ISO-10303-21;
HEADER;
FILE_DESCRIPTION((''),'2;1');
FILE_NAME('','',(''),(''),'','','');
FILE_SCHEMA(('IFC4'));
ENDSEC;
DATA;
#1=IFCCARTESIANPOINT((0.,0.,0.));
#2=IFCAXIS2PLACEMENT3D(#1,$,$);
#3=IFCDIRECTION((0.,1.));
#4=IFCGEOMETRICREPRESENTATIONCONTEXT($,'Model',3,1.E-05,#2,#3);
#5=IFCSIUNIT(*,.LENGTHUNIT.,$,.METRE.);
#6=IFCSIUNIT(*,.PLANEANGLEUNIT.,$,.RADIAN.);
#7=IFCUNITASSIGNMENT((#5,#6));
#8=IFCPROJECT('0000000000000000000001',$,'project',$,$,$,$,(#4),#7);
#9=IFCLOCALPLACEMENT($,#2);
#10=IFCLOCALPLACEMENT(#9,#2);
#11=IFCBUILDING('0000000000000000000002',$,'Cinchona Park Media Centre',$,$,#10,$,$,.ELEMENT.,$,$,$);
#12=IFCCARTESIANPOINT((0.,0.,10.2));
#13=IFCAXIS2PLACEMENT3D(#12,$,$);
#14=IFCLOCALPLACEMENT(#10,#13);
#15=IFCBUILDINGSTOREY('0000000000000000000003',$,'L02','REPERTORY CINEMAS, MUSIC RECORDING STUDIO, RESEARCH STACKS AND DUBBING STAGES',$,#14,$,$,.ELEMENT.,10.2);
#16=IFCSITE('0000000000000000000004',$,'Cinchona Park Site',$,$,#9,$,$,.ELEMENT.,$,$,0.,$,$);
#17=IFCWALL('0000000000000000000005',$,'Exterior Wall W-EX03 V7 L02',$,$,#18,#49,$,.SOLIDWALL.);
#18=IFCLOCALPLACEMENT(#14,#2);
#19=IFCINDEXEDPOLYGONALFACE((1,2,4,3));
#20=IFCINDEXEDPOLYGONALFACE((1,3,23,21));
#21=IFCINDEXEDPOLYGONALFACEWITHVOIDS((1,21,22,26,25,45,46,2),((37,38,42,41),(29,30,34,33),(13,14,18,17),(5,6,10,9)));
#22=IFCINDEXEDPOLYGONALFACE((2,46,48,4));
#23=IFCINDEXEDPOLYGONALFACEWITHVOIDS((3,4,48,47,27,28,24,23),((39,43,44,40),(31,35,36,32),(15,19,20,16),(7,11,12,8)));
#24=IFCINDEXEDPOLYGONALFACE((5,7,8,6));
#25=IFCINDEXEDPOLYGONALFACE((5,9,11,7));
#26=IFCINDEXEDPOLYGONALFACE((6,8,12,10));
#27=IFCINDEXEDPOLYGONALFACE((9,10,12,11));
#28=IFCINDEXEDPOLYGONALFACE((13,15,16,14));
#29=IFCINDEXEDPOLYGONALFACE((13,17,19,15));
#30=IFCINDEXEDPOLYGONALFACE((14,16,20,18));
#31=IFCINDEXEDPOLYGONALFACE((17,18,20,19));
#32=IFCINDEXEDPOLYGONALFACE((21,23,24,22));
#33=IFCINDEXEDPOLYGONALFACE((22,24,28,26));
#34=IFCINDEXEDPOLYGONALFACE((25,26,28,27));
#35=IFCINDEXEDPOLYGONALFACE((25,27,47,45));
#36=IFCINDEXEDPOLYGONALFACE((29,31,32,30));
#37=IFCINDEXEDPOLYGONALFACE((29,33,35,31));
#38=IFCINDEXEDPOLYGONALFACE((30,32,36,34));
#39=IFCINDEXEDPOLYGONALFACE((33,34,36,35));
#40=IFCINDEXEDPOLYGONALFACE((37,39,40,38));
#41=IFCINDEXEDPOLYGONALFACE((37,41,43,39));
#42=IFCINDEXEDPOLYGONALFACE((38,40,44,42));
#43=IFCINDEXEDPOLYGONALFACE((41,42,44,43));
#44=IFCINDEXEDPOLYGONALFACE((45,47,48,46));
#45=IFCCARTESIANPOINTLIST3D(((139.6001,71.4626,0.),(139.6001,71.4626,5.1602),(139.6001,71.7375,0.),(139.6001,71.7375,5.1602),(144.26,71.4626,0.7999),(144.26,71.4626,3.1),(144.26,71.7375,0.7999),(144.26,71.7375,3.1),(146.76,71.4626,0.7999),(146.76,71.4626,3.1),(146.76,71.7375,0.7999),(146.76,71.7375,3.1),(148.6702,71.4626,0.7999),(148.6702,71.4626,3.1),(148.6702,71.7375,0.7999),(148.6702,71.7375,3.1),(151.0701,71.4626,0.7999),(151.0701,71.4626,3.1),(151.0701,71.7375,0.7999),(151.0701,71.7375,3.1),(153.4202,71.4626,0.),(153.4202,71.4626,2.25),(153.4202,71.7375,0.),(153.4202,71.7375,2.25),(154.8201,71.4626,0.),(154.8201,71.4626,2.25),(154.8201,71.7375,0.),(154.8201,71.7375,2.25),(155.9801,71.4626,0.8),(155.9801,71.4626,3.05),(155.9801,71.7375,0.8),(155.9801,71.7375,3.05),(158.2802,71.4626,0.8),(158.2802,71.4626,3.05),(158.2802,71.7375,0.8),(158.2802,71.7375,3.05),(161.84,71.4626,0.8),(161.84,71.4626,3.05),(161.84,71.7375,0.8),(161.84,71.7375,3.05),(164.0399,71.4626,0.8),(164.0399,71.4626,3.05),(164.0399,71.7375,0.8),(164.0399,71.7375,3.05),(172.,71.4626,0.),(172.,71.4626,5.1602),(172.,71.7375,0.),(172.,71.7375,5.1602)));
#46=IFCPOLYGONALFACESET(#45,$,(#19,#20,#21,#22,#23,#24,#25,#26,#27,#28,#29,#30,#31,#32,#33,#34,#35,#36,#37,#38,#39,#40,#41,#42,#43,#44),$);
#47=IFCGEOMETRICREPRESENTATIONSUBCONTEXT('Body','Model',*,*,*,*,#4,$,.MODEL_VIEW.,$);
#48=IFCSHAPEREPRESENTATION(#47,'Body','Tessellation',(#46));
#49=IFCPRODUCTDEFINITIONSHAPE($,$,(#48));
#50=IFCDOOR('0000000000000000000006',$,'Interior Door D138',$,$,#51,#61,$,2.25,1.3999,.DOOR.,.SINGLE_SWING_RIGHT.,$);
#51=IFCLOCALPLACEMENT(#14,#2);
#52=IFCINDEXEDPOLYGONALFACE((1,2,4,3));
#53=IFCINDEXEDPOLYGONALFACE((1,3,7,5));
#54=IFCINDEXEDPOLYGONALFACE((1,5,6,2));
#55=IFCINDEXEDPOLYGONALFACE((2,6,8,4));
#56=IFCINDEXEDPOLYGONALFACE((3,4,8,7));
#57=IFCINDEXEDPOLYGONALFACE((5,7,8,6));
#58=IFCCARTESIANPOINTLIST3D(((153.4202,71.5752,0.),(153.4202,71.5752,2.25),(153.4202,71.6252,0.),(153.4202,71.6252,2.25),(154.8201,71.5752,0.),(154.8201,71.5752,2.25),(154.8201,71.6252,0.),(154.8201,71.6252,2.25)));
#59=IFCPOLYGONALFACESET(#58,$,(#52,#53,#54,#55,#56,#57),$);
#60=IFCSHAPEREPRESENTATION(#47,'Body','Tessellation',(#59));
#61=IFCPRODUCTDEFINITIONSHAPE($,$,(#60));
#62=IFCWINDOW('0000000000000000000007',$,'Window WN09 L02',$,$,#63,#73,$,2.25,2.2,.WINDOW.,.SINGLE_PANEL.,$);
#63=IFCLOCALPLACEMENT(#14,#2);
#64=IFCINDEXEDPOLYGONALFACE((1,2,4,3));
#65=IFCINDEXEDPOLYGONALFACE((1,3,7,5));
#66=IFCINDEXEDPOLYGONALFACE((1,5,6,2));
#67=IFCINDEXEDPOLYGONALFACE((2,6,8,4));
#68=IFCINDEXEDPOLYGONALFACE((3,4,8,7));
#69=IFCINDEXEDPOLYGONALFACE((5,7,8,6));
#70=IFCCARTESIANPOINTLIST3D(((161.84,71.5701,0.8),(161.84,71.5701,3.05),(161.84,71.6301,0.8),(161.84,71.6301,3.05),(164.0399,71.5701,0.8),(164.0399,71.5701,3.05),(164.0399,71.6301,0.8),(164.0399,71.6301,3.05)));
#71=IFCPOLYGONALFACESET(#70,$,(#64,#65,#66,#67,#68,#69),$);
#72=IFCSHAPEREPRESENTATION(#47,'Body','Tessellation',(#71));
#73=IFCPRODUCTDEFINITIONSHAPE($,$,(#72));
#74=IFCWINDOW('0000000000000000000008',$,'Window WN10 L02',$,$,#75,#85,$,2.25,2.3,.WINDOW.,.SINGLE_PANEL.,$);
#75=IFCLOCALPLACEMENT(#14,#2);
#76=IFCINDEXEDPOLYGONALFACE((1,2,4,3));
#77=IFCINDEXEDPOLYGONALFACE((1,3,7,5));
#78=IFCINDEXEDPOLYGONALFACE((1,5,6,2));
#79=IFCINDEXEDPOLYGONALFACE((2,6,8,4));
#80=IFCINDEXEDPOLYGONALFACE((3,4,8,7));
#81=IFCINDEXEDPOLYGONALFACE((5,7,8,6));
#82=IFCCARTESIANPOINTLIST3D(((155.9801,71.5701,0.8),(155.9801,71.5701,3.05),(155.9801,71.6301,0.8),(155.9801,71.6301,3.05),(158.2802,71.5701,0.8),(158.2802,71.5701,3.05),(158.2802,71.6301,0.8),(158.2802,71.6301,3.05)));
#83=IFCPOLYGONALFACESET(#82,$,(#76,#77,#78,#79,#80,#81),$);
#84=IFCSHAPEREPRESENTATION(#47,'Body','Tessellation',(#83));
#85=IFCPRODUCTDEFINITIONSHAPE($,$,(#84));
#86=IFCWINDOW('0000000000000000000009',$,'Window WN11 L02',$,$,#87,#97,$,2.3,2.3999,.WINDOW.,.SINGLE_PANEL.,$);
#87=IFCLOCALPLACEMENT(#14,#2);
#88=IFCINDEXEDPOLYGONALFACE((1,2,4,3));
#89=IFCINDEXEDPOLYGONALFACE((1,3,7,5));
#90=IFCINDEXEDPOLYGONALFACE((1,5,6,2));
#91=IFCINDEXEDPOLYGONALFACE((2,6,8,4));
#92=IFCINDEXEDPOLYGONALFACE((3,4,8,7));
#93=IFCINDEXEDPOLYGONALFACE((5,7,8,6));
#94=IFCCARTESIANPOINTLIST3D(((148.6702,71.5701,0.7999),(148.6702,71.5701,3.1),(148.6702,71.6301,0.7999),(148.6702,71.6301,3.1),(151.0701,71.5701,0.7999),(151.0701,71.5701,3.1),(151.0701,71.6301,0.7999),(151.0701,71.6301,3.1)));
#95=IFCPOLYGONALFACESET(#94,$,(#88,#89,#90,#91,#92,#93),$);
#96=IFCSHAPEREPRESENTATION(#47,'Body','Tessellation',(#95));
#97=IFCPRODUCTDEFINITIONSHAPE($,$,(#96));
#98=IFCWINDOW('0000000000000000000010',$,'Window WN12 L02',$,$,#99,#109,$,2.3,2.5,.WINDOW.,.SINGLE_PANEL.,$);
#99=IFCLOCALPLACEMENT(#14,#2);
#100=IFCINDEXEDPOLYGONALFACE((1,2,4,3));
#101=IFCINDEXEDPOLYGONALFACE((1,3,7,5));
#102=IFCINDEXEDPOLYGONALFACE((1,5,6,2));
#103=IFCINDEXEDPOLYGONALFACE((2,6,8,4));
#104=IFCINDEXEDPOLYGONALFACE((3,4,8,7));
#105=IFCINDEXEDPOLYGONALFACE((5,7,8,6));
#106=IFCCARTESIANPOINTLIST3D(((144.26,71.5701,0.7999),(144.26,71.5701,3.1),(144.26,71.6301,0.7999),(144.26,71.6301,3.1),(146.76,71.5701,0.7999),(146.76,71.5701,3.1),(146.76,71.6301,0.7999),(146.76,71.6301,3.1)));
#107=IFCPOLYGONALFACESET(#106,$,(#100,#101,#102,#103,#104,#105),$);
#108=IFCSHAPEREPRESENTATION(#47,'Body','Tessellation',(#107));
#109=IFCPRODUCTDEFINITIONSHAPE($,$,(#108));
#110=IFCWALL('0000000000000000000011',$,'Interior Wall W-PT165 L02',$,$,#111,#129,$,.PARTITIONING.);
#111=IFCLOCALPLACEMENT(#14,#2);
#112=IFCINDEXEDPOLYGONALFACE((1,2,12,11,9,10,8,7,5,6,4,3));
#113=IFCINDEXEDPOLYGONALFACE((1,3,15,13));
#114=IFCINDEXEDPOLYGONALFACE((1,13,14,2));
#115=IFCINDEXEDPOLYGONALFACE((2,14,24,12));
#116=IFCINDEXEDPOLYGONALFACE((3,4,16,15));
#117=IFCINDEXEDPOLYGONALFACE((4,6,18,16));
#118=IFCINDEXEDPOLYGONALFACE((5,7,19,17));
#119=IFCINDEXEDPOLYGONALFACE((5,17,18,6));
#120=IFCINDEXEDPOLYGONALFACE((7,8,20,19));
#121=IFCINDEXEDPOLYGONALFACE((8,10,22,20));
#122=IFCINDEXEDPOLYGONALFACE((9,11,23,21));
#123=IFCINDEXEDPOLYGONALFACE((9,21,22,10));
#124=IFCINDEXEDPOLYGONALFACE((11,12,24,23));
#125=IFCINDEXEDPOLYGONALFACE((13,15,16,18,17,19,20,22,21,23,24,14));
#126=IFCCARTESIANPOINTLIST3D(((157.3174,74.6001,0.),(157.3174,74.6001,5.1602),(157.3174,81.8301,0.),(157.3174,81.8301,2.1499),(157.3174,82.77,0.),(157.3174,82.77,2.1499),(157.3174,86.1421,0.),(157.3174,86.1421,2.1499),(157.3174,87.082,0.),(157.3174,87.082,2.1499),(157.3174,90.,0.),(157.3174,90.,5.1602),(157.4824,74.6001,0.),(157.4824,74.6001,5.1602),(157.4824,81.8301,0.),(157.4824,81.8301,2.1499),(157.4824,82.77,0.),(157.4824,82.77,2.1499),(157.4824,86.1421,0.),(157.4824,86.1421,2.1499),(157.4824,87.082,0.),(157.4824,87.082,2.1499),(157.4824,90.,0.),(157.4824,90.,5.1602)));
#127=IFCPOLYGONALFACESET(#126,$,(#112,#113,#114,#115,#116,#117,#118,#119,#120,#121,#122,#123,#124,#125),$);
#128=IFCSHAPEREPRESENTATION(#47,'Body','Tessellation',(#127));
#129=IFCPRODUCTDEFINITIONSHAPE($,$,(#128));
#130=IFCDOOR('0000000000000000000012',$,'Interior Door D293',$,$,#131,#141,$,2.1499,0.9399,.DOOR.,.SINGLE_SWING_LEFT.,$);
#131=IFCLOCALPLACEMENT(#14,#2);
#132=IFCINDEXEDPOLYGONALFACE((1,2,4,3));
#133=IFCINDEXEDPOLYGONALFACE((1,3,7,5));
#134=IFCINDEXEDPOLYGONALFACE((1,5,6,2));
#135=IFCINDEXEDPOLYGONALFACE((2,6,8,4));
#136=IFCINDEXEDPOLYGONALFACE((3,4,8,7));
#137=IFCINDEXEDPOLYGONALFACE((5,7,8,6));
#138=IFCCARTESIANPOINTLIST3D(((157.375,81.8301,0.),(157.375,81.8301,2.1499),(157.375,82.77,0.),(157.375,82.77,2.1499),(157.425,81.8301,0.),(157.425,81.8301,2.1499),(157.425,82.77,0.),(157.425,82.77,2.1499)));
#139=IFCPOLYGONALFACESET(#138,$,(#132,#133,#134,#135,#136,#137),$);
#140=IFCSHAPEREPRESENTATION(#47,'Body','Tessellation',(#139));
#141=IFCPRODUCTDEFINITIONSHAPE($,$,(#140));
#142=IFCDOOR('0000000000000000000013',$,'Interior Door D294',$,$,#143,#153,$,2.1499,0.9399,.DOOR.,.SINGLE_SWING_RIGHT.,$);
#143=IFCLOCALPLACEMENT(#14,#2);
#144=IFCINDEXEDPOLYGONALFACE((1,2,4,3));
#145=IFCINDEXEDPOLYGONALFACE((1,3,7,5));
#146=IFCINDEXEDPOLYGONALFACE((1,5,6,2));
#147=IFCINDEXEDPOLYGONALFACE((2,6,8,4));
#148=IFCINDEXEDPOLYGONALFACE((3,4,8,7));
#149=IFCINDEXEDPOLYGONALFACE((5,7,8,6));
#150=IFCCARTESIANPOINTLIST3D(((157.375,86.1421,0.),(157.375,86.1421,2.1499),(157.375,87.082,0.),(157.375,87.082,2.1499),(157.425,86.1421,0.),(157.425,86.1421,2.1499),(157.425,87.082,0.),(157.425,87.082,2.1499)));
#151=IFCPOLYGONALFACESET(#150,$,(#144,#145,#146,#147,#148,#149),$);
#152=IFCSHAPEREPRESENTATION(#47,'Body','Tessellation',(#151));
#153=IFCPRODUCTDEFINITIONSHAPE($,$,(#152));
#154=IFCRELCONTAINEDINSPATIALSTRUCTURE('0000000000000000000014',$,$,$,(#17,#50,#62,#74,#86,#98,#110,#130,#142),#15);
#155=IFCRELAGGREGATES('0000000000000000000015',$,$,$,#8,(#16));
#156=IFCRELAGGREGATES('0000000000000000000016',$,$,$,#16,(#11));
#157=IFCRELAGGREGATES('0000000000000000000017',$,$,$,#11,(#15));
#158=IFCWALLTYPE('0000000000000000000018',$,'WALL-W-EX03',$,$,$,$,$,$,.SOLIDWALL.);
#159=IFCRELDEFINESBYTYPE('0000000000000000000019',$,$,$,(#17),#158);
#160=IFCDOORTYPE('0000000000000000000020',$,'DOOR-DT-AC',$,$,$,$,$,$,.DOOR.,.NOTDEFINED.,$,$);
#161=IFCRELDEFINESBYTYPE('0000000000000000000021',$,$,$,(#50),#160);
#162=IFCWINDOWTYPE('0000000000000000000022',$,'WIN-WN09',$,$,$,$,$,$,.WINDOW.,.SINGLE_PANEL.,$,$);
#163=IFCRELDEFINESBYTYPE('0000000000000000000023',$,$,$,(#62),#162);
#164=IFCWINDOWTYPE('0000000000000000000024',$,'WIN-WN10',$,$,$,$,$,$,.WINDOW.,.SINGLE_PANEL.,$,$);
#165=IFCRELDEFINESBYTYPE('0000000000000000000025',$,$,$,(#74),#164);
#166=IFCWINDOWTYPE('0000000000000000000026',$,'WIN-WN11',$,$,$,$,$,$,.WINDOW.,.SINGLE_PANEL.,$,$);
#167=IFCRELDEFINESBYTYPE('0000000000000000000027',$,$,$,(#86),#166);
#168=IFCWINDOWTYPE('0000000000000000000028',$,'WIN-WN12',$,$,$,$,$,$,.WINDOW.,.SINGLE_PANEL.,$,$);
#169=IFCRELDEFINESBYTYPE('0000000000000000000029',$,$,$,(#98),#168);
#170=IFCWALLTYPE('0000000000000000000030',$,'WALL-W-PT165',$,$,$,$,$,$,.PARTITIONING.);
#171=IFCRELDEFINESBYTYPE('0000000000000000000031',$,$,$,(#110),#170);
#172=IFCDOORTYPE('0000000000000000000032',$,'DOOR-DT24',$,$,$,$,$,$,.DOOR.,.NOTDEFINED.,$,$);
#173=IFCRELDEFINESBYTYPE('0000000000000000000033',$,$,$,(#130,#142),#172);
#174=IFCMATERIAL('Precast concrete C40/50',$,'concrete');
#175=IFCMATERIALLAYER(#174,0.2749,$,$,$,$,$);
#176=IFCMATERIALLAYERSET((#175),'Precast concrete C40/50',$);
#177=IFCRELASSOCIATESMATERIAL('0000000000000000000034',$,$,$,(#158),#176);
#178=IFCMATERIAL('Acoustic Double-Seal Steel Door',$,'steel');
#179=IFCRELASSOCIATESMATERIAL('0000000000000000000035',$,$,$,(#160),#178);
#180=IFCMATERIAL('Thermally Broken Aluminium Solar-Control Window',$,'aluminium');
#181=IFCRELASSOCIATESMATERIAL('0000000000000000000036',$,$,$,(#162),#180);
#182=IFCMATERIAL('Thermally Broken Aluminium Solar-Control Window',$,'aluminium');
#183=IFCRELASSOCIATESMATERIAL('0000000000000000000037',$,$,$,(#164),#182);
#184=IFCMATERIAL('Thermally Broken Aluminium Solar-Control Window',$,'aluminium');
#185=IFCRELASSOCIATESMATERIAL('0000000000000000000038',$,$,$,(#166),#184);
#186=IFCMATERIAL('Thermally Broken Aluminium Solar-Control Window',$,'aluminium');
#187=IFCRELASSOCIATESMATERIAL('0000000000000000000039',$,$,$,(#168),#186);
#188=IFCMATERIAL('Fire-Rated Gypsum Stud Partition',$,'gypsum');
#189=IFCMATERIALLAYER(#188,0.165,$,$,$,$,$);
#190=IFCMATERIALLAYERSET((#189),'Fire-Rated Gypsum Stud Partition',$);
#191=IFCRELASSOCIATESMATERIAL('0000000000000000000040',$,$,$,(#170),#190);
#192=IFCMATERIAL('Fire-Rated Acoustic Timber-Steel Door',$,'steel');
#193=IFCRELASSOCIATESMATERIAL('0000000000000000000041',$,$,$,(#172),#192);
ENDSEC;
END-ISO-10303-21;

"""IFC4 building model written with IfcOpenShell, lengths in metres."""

from ifc_helpers import new_model, si_unit, direction, frame, frame_2d, origin, place, context, subcontext, project, spatial, rectangle, extrude, material, layer, layer_set, type_object, element, fill, save


model = new_model("IFC4")

# Units and contexts
model_context = context("Model", 3, precision=1e-05, world=origin(), true_north=direction((0.0, 1.0)))
body_context = subcontext(model_context, "Body", "Model", "MODEL_VIEW")
ifc_project = project(units=[si_unit("LENGTHUNIT", "METRE"), si_unit("PLANEANGLEUNIT", "RADIAN")], contexts=[model_context])

# Site, building, storey
site_placement = place(None, origin())
site = spatial("IfcSite", under=ifc_project, at=site_placement, Name="Cinchona Park Site", CompositionType="ELEMENT", RefElevation=0.0)
building_placement = place(site_placement, origin())
building = spatial("IfcBuilding", under=site, at=building_placement, Name="Cinchona Park Media Centre", CompositionType="ELEMENT")
storey_placement = place(building_placement, frame((0.0, 0.0, 10.2)))
storey = spatial("IfcBuildingStorey", under=building, at=storey_placement, Name="L02", Description="REPERTORY CINEMAS, MUSIC RECORDING STUDIO, RESEARCH STACKS AND DUBBING STAGES", CompositionType="ELEMENT", Elevation=10.2)

# Wall, openings, door, windows
ifc_material_1 = material(Name="Precast concrete C40/50", Category="concrete")
ifc_layer_1 = layer(ifc_material_1, 0.2749)
ifc_layer_set_1 = layer_set([ifc_layer_1], Name="Precast concrete C40/50")
wall_type_1 = type_object("IfcWallType", Name="WALL-W-EX03", PredefinedType="SOLIDWALL", material=ifc_layer_set_1)
wall_1_placement = place(storey_placement, frame((172.0, 71.6001, 0.0), z_axis=(0.0, 0.0, 1.0), x_axis=(-1.0, 0.0, 0.0)))
wall_1 = element("IfcWall", 1, at=wall_1_placement, inside=storey, type_object=wall_type_1, Name="Exterior Wall W-EX03 V7 L02", PredefinedType="SOLIDWALL", context=body_context, shape_type="SweptSolid", body=[
    extrude(rectangle(XDim=32.3999, YDim=0.2749, at=frame_2d((16.2, 0.0))), origin(), (0.0, 0.0, 1.0), 5.1602),
])
opening_1_placement = place(wall_1_placement, frame((7.96, 0.0, 0.8)))
opening_1 = element("IfcOpeningElement", 2, at=opening_1_placement, cuts=wall_1, PredefinedType="OPENING", context=body_context, shape_type="SweptSolid", body=[
    extrude(rectangle(XDim=2.2, YDim=2.25, at=frame_2d((1.1001, 1.125))), frame((0.0, 0.1475, 0.0), z_axis=(0.0, -1.0, 0.0), x_axis=(1.0, 0.0, 0.0)), (0.0, 0.0, 1.0), 0.2949),
])
opening_2_placement = place(wall_1_placement, frame((13.72, 0.0, 0.8)))
opening_2 = element("IfcOpeningElement", 3, at=opening_2_placement, cuts=wall_1, PredefinedType="OPENING", context=body_context, shape_type="SweptSolid", body=[
    extrude(rectangle(XDim=2.3, YDim=2.25, at=frame_2d((1.1499, 1.125))), frame((0.0, 0.1475, 0.0), z_axis=(0.0, -1.0, 0.0), x_axis=(1.0, 0.0, 0.0)), (0.0, 0.0, 1.0), 0.2949),
])
opening_3_placement = place(wall_1_placement, frame((20.9299, 0.0, 0.8)))
opening_3 = element("IfcOpeningElement", 4, at=opening_3_placement, cuts=wall_1, PredefinedType="OPENING", context=body_context, shape_type="SweptSolid", body=[
    extrude(rectangle(XDim=2.3999, YDim=2.3, at=frame_2d((1.2, 1.1499))), frame((0.0, 0.1475, 0.0), z_axis=(0.0, -1.0, 0.0), x_axis=(1.0, 0.0, 0.0)), (0.0, 0.0, 1.0), 0.2949),
])
opening_4_placement = place(wall_1_placement, frame((25.24, 0.0, 0.8)))
opening_4 = element("IfcOpeningElement", 5, at=opening_4_placement, cuts=wall_1, PredefinedType="OPENING", context=body_context, shape_type="SweptSolid", body=[
    extrude(rectangle(XDim=2.5, YDim=2.3, at=frame_2d((1.25, 1.1499))), frame((0.0, 0.1475, 0.0), z_axis=(0.0, -1.0, 0.0), x_axis=(1.0, 0.0, 0.0)), (0.0, 0.0, 1.0), 0.2949),
])
opening_5_placement = place(wall_1_placement, frame((17.1799, 0.0, 0.0)))
opening_5 = element("IfcOpeningElement", 6, at=opening_5_placement, cuts=wall_1, PredefinedType="OPENING", context=body_context, shape_type="SweptSolid", body=[
    extrude(rectangle(XDim=1.3999, YDim=2.25, at=frame_2d((0.7, 1.125))), frame((0.0, 0.1475, 0.0), z_axis=(0.0, -1.0, 0.0), x_axis=(1.0, 0.0, 0.0)), (0.0, 0.0, 1.0), 0.2949),
])
ifc_material_2 = material(Name="Acoustic Double-Seal Steel Door", Category="steel")
door_type_1 = type_object("IfcDoorType", Name="DOOR-DT-AC", OperationType="NOTDEFINED", PredefinedType="DOOR", material=ifc_material_2)
door_1_placement = place(opening_5_placement, origin())
door_1 = element("IfcDoor", 7, at=door_1_placement, inside=storey, type_object=door_type_1, Name="Interior Door D138", OperationType="SINGLE_SWING_RIGHT", OverallHeight=2.25, OverallWidth=1.3999, PredefinedType="DOOR", context=body_context, shape_type="SweptSolid", body=[
    extrude(rectangle(XDim=1.3999, YDim=2.25, at=frame_2d((0.7, 1.125))), frame((0.0, 0.0249, 0.0), z_axis=(0.0, -1.0, 0.0), x_axis=(1.0, 0.0, 0.0)), (0.0, 0.0, 1.0), 0.05),
])
fill(opening_5, door_1)
ifc_material_3 = material(Name="Thermally Broken Aluminium Solar-Control Window", Category="aluminium")
window_type_1 = type_object("IfcWindowType", Name="WIN-WN09", PartitioningType="SINGLE_PANEL", PredefinedType="WINDOW", material=ifc_material_3)
window_1_placement = place(opening_1_placement, origin())
window_1 = element("IfcWindow", 8, at=window_1_placement, inside=storey, type_object=window_type_1, Name="Window WN09 L02", OverallHeight=2.25, OverallWidth=2.2, PartitioningType="SINGLE_PANEL", PredefinedType="WINDOW", context=body_context, shape_type="SweptSolid", body=[
    extrude(rectangle(XDim=2.2, YDim=2.25, at=frame_2d((1.1001, 1.125))), frame((0.0, 0.03, 0.0), z_axis=(0.0, -1.0, 0.0), x_axis=(1.0, 0.0, 0.0)), (0.0, 0.0, 1.0), 0.0601),
])
fill(opening_1, window_1)
ifc_material_4 = material(Name="Thermally Broken Aluminium Solar-Control Window", Category="aluminium")
window_type_2 = type_object("IfcWindowType", Name="WIN-WN10", PartitioningType="SINGLE_PANEL", PredefinedType="WINDOW", material=ifc_material_4)
window_2_placement = place(opening_2_placement, origin())
window_2 = element("IfcWindow", 9, at=window_2_placement, inside=storey, type_object=window_type_2, Name="Window WN10 L02", OverallHeight=2.25, OverallWidth=2.3, PartitioningType="SINGLE_PANEL", PredefinedType="WINDOW", context=body_context, shape_type="SweptSolid", body=[
    extrude(rectangle(XDim=2.3, YDim=2.25, at=frame_2d((1.1499, 1.125))), frame((0.0, 0.03, 0.0), z_axis=(0.0, -1.0, 0.0), x_axis=(1.0, 0.0, 0.0)), (0.0, 0.0, 1.0), 0.0601),
])
fill(opening_2, window_2)
ifc_material_5 = material(Name="Thermally Broken Aluminium Solar-Control Window", Category="aluminium")
window_type_3 = type_object("IfcWindowType", Name="WIN-WN11", PartitioningType="SINGLE_PANEL", PredefinedType="WINDOW", material=ifc_material_5)
window_3_placement = place(opening_3_placement, origin())
window_3 = element("IfcWindow", 10, at=window_3_placement, inside=storey, type_object=window_type_3, Name="Window WN11 L02", OverallHeight=2.3, OverallWidth=2.3999, PartitioningType="SINGLE_PANEL", PredefinedType="WINDOW", context=body_context, shape_type="SweptSolid", body=[
    extrude(rectangle(XDim=2.3999, YDim=2.3, at=frame_2d((1.2, 1.1499))), frame((0.0, 0.03, 0.0), z_axis=(0.0, -1.0, 0.0), x_axis=(1.0, 0.0, 0.0)), (0.0, 0.0, 1.0), 0.0601),
])
fill(opening_3, window_3)
ifc_material_6 = material(Name="Thermally Broken Aluminium Solar-Control Window", Category="aluminium")
window_type_4 = type_object("IfcWindowType", Name="WIN-WN12", PartitioningType="SINGLE_PANEL", PredefinedType="WINDOW", material=ifc_material_6)
window_4_placement = place(opening_4_placement, origin())
window_4 = element("IfcWindow", 11, at=window_4_placement, inside=storey, type_object=window_type_4, Name="Window WN12 L02", OverallHeight=2.3, OverallWidth=2.5, PartitioningType="SINGLE_PANEL", PredefinedType="WINDOW", context=body_context, shape_type="SweptSolid", body=[
    extrude(rectangle(XDim=2.5, YDim=2.3, at=frame_2d((1.25, 1.1499))), frame((0.0, 0.03, 0.0), z_axis=(0.0, -1.0, 0.0), x_axis=(1.0, 0.0, 0.0)), (0.0, 0.0, 1.0), 0.0601),
])
fill(opening_4, window_4)

# Wall, openings, doors
ifc_material_7 = material(Name="Fire-Rated Gypsum Stud Partition", Category="gypsum")
ifc_layer_2 = layer(ifc_material_7, 0.165)
ifc_layer_set_2 = layer_set([ifc_layer_2], Name="Fire-Rated Gypsum Stud Partition")
wall_type_2 = type_object("IfcWallType", Name="WALL-W-PT165", PredefinedType="PARTITIONING", material=ifc_layer_set_2)
wall_2_placement = place(storey_placement, frame((157.3999, 74.6001, 0.0), z_axis=(0.0, 0.0, 1.0), x_axis=(0.0, 1.0, 0.0)))
wall_2 = element("IfcWall", 12, at=wall_2_placement, inside=storey, type_object=wall_type_2, Name="Interior Wall W-PT165 L02", PredefinedType="PARTITIONING", context=body_context, shape_type="SweptSolid", body=[
    extrude(rectangle(XDim=15.3999, YDim=0.165, at=frame_2d((7.7, 0.0))), origin(), (0.0, 0.0, 1.0), 5.1602),
])
opening_6_placement = place(wall_2_placement, frame((7.23, 0.0, 0.0)))
opening_6 = element("IfcOpeningElement", 13, at=opening_6_placement, cuts=wall_2, PredefinedType="OPENING", context=body_context, shape_type="SweptSolid", body=[
    extrude(rectangle(XDim=0.9399, YDim=2.1499, at=frame_2d((0.47, 1.075))), frame((0.0, 0.0925, 0.0), z_axis=(0.0, -1.0, 0.0), x_axis=(1.0, 0.0, 0.0)), (0.0, 0.0, 1.0), 0.1851),
])
opening_7_placement = place(wall_2_placement, frame((11.542, 0.0, 0.0)))
opening_7 = element("IfcOpeningElement", 14, at=opening_7_placement, cuts=wall_2, PredefinedType="OPENING", context=body_context, shape_type="SweptSolid", body=[
    extrude(rectangle(XDim=0.9399, YDim=2.1499, at=frame_2d((0.47, 1.075))), frame((0.0, 0.0925, 0.0), z_axis=(0.0, -1.0, 0.0), x_axis=(1.0, 0.0, 0.0)), (0.0, 0.0, 1.0), 0.1851),
])
ifc_material_8 = material(Name="Fire-Rated Acoustic Timber-Steel Door", Category="steel")
door_type_2 = type_object("IfcDoorType", Name="DOOR-DT24", OperationType="NOTDEFINED", PredefinedType="DOOR", material=ifc_material_8)
door_2_placement = place(opening_6_placement, origin())
door_2 = element("IfcDoor", 15, at=door_2_placement, inside=storey, type_object=door_type_2, Name="Interior Door D293", OperationType="SINGLE_SWING_LEFT", OverallHeight=2.1499, OverallWidth=0.9399, PredefinedType="DOOR", context=body_context, shape_type="SweptSolid", body=[
    extrude(rectangle(XDim=0.9399, YDim=2.1499, at=frame_2d((0.47, 1.075))), frame((0.0, 0.0249, 0.0), z_axis=(0.0, -1.0, 0.0), x_axis=(1.0, 0.0, 0.0)), (0.0, 0.0, 1.0), 0.05),
])
fill(opening_6, door_2)
door_3_placement = place(opening_7_placement, origin())
door_3 = element("IfcDoor", 16, at=door_3_placement, inside=storey, type_object=door_type_2, Name="Interior Door D294", OperationType="SINGLE_SWING_RIGHT", OverallHeight=2.1499, OverallWidth=0.9399, PredefinedType="DOOR", context=body_context, shape_type="SweptSolid", body=[
    extrude(rectangle(XDim=0.9399, YDim=2.1499, at=frame_2d((0.47, 1.075))), frame((0.0, 0.0249, 0.0), z_axis=(0.0, -1.0, 0.0), x_axis=(1.0, 0.0, 0.0)), (0.0, 0.0, 1.0), 0.05),
])
fill(opening_7, door_3)

save(model, "model.ifc")
